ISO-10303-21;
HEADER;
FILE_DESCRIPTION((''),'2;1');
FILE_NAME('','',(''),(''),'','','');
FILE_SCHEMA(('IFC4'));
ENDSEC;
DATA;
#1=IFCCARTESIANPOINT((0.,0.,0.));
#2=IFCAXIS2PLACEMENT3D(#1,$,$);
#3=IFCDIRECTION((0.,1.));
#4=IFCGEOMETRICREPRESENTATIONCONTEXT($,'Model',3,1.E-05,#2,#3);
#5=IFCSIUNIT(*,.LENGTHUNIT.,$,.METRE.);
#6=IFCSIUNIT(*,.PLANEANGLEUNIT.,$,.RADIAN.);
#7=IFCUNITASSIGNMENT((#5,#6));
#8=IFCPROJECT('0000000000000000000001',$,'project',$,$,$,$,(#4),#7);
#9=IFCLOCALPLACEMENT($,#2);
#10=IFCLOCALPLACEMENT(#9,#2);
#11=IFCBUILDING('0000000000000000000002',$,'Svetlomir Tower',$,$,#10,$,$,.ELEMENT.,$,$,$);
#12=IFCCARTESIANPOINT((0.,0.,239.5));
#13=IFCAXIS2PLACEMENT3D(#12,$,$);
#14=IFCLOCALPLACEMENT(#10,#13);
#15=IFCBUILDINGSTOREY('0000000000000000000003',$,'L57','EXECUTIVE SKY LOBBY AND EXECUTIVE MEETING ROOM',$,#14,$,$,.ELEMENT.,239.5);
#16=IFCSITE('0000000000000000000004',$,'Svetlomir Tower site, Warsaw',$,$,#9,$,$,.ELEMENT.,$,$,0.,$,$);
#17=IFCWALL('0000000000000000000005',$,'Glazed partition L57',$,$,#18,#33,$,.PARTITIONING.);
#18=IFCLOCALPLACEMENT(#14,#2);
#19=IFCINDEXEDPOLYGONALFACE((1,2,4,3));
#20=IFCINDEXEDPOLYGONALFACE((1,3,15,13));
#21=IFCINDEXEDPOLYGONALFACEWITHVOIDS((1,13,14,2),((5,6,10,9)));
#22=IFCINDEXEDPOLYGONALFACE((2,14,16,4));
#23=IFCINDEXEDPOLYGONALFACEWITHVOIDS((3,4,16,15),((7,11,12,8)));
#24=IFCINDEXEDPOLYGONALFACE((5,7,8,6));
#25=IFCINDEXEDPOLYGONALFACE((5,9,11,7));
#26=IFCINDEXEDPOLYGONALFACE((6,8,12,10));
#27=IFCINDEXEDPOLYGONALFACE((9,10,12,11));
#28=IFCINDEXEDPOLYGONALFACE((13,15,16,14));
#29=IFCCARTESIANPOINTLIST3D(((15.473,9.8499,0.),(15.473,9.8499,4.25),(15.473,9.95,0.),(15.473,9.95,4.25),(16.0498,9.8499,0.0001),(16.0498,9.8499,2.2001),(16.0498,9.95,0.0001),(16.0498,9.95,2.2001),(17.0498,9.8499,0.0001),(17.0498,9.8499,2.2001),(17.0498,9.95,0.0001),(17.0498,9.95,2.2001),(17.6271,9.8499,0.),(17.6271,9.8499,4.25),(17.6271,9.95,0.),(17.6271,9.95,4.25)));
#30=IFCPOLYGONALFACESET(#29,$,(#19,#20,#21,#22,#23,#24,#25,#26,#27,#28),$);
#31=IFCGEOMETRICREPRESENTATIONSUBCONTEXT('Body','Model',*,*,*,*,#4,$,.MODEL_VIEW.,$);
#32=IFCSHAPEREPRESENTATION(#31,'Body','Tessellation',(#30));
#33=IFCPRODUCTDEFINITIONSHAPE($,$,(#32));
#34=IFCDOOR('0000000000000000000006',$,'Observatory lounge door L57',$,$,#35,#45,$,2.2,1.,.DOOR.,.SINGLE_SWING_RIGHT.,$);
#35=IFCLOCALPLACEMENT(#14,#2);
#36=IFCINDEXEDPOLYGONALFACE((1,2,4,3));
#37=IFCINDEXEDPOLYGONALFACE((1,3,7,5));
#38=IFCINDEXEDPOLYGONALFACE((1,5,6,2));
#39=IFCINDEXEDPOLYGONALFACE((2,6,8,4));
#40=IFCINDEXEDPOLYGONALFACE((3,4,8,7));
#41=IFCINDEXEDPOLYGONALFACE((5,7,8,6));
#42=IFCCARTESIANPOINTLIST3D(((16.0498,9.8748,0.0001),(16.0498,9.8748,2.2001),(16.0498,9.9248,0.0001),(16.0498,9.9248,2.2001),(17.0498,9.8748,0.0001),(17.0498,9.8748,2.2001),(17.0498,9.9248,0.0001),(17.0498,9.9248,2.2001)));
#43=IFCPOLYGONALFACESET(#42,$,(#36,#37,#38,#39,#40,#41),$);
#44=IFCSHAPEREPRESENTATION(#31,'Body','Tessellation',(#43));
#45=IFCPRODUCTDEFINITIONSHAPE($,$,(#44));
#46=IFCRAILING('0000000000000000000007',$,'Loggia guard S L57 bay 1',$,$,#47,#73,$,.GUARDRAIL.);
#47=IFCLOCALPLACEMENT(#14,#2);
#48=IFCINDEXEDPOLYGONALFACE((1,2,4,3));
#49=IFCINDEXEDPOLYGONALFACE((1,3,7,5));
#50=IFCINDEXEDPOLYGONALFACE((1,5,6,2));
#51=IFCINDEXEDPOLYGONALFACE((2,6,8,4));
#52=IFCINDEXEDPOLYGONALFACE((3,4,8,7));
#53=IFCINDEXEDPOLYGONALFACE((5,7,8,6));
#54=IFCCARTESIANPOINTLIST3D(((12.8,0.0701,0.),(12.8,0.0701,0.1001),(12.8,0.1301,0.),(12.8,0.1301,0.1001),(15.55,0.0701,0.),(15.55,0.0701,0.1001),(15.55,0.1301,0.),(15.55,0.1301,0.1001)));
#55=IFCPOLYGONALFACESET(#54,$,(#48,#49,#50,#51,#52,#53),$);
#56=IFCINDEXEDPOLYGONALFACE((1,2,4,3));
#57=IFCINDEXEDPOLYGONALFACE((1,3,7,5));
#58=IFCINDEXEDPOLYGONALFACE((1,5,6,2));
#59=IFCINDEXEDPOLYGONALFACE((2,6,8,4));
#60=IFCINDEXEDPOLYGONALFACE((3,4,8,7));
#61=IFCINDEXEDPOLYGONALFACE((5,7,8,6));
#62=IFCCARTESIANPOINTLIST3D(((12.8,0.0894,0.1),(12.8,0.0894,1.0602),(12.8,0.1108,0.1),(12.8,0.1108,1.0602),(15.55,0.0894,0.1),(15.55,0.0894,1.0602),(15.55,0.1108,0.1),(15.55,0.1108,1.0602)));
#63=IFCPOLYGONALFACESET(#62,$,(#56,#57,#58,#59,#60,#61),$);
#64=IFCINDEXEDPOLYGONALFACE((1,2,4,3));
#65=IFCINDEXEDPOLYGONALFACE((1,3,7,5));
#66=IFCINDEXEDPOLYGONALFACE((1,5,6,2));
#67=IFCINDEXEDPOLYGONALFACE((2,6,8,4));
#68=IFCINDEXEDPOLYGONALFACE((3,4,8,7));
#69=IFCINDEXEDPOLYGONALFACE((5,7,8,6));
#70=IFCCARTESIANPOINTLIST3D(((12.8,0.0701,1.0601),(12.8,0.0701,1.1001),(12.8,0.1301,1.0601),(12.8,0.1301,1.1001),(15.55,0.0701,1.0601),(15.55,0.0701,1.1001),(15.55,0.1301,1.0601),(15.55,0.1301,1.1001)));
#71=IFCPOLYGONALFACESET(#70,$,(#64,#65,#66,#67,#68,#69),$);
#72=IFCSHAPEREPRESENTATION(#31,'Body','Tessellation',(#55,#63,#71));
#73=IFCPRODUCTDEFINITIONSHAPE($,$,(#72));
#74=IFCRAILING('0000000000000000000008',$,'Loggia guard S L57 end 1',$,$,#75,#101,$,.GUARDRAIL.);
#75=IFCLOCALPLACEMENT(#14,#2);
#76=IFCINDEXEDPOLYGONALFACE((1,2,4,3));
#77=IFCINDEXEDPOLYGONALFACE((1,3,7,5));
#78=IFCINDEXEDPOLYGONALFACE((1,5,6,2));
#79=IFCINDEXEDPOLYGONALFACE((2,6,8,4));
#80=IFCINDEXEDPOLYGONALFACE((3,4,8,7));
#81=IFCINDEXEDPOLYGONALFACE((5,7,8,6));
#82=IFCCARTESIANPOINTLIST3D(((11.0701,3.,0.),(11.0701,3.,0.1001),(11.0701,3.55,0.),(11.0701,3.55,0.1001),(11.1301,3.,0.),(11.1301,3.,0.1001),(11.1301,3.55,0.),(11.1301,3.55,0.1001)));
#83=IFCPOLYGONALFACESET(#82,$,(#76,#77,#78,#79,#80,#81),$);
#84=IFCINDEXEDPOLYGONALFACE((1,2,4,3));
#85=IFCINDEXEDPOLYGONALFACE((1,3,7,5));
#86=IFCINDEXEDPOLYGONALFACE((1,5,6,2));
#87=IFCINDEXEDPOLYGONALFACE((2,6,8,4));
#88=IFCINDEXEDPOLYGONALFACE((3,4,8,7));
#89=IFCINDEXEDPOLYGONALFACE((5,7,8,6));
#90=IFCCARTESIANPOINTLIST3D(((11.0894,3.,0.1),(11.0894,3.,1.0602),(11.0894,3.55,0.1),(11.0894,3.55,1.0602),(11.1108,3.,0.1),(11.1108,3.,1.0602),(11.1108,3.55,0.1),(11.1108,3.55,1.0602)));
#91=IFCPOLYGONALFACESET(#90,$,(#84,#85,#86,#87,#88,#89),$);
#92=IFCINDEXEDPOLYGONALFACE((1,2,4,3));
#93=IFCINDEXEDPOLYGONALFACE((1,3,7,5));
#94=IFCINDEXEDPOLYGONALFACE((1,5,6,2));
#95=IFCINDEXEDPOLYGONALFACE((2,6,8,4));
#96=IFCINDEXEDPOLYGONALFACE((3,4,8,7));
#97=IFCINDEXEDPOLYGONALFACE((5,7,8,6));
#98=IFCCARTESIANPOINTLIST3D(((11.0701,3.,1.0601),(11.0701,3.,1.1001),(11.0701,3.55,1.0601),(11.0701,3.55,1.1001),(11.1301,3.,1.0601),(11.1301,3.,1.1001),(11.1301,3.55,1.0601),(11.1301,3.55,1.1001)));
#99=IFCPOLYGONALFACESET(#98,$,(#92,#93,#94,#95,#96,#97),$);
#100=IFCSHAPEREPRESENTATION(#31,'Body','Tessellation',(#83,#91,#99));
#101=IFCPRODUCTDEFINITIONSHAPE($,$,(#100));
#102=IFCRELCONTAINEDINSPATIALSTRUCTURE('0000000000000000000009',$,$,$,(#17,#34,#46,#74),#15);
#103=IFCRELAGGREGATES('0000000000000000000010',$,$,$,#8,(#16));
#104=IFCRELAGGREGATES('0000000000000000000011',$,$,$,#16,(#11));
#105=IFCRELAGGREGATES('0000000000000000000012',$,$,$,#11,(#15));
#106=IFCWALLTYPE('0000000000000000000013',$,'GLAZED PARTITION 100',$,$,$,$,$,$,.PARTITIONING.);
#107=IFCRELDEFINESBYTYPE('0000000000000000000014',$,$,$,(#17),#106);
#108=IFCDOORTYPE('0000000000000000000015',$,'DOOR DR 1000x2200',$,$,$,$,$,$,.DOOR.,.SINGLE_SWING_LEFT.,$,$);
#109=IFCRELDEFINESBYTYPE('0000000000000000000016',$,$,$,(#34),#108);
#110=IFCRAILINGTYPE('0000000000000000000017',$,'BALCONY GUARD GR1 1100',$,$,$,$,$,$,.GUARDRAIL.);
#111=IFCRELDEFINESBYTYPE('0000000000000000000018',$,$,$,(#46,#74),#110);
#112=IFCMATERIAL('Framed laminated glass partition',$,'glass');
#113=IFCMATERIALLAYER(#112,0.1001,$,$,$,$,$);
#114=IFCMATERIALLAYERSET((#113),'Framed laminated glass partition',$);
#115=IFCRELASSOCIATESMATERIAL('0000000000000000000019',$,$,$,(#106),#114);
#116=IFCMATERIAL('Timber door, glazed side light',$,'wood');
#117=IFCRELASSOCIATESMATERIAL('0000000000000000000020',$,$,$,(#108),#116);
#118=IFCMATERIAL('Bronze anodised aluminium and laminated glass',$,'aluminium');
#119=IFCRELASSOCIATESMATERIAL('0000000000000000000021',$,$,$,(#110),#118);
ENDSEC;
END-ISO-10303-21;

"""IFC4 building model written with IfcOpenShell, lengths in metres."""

from ifc_helpers import new_model, si_unit, direction, frame, frame_2d, origin, origin_2d, place, context, subcontext, project, spatial, rectangle, extrude, material, layer, layer_set, type_object, element, fill, save


model = new_model("IFC4")

# Units and contexts
model_context = context("Model", 3, precision=1e-05, world=origin(), true_north=direction((0.0, 1.0)))
body_context = subcontext(model_context, "Body", "Model", "MODEL_VIEW")
ifc_project = project(units=[si_unit("LENGTHUNIT", "METRE"), si_unit("PLANEANGLEUNIT", "RADIAN")], contexts=[model_context])

# Site, building, storey
site_placement = place(None, origin())
site = spatial("IfcSite", under=ifc_project, at=site_placement, Name="Svetlomir Tower site, Warsaw", CompositionType="ELEMENT", RefElevation=0.0)
building_placement = place(site_placement, origin())
building = spatial("IfcBuilding", under=site, at=building_placement, Name="Svetlomir Tower", CompositionType="ELEMENT")
storey_placement = place(building_placement, frame((0.0, 0.0, 239.5)))
storey = spatial("IfcBuildingStorey", under=building, at=storey_placement, Name="L57", Description="EXECUTIVE SKY LOBBY AND EXECUTIVE MEETING ROOM", CompositionType="ELEMENT", Elevation=239.5)

# Shared definitions
ifc_material_1 = material(Name="Framed laminated glass partition", Category="glass")
ifc_layer_1 = layer(ifc_material_1, 0.1001)
ifc_layer_set_1 = layer_set([ifc_layer_1], Name="Framed laminated glass partition")
wall_type = type_object("IfcWallType", Name="GLAZED PARTITION 100", PredefinedType="PARTITIONING", material=ifc_layer_set_1)

# Wall, opening, door
wall_1_placement = place(storey_placement, frame((15.4729, 9.8999, 0.0), z_axis=(0.0, 0.0, 1.0), x_axis=(1.0, 0.0, 0.0)))
wall_1 = element("IfcWall", 1, at=wall_1_placement, inside=storey, type_object=wall_type, Name="Glazed partition L57", PredefinedType="PARTITIONING", context=body_context, shape_type="SweptSolid", body=[
    extrude(rectangle(XDim=2.1541, YDim=0.1001, at=frame_2d((1.0771, 0.0))), origin(), (0.0, 0.0, 1.0), 4.25),
])
opening_placement = place(wall_1_placement, frame((0.5769, 0.0, 0.0)))
opening = element("IfcOpeningElement", 2, at=opening_placement, cuts=wall_1, PredefinedType="OPENING", context=body_context, shape_type="SweptSolid", body=[
    extrude(rectangle(XDim=1.0, YDim=2.2, at=frame_2d((0.5, 1.1001))), frame((0.0, 0.0601, 0.0), z_axis=(0.0, -1.0, 0.0), x_axis=(1.0, 0.0, 0.0)), (0.0, 0.0, 1.0), 0.1201),
])
ifc_material_2 = material(Name="Timber door, glazed side light", Category="wood")
door_type = type_object("IfcDoorType", Name="DOOR DR 1000x2200", OperationType="SINGLE_SWING_LEFT", PredefinedType="DOOR", material=ifc_material_2)
door_placement = place(opening_placement, origin())
door = element("IfcDoor", 3, at=door_placement, inside=storey, type_object=door_type, Name="Observatory lounge door L57", OperationType="SINGLE_SWING_RIGHT", OverallHeight=2.2, OverallWidth=1.0, PredefinedType="DOOR", context=body_context, shape_type="SweptSolid", body=[
    extrude(rectangle(XDim=1.0, YDim=2.2, at=frame_2d((0.5, 1.1001))), frame((0.0, 0.0249, 0.0), z_axis=(0.0, -1.0, 0.0), x_axis=(1.0, 0.0, 0.0)), (0.0, 0.0, 1.0), 0.05),
])
fill(opening, door)

# Railings
ifc_material_3 = material(Name="Bronze anodised aluminium and laminated glass", Category="aluminium")
railing_type = type_object("IfcRailingType", Name="BALCONY GUARD GR1 1100", PredefinedType="GUARDRAIL", material=ifc_material_3)
railing_1_placement = place(storey_placement, frame((12.8, 0.1001, 0.0)))
element("IfcRailing", 4, at=railing_1_placement, inside=storey, type_object=railing_type, Name="Loggia guard S L57 bay 1", PredefinedType="GUARDRAIL", context=body_context, shape_type="SweptSolid", body=[
    extrude(rectangle(XDim=0.0601, YDim=0.1001, at=origin_2d()), frame((0.0, 0.0, 0.05), z_axis=(1.0, 0.0, 0.0), x_axis=(0.0, 1.0, 0.0)), (0.0, 0.0, 1.0), 2.75),
    extrude(rectangle(XDim=0.0215, YDim=0.9602, at=origin_2d()), frame((0.0, 0.0, 0.5801), z_axis=(1.0, 0.0, 0.0), x_axis=(0.0, 1.0, 0.0)), (0.0, 0.0, 1.0), 2.75),
    extrude(rectangle(XDim=0.0601, YDim=0.04, at=origin_2d()), frame((0.0, 0.0, 1.0801), z_axis=(1.0, 0.0, 0.0), x_axis=(0.0, 1.0, 0.0)), (0.0, 0.0, 1.0), 2.75),
])
railing_2_placement = place(storey_placement, frame((11.1001, 3.55, 0.0)))
element("IfcRailing", 5, at=railing_2_placement, inside=storey, type_object=railing_type, Name="Loggia guard S L57 end 1", PredefinedType="GUARDRAIL", context=body_context, shape_type="SweptSolid", body=[
    extrude(rectangle(XDim=0.0601, YDim=0.1001, at=origin_2d()), frame((0.0, 0.0, 0.05), z_axis=(0.0, -1.0, 0.0), x_axis=(1.0, 0.0, 0.0)), (0.0, 0.0, 1.0), 0.55),
    extrude(rectangle(XDim=0.0215, YDim=0.9602, at=origin_2d()), frame((0.0, 0.0, 0.5801), z_axis=(0.0, -1.0, 0.0), x_axis=(1.0, 0.0, 0.0)), (0.0, 0.0, 1.0), 0.55),
    extrude(rectangle(XDim=0.0601, YDim=0.04, at=origin_2d()), frame((0.0, 0.0, 1.0801), z_axis=(0.0, -1.0, 0.0), x_axis=(1.0, 0.0, 0.0)), (0.0, 0.0, 1.0), 0.55),
])

save(model, "model.ifc")
